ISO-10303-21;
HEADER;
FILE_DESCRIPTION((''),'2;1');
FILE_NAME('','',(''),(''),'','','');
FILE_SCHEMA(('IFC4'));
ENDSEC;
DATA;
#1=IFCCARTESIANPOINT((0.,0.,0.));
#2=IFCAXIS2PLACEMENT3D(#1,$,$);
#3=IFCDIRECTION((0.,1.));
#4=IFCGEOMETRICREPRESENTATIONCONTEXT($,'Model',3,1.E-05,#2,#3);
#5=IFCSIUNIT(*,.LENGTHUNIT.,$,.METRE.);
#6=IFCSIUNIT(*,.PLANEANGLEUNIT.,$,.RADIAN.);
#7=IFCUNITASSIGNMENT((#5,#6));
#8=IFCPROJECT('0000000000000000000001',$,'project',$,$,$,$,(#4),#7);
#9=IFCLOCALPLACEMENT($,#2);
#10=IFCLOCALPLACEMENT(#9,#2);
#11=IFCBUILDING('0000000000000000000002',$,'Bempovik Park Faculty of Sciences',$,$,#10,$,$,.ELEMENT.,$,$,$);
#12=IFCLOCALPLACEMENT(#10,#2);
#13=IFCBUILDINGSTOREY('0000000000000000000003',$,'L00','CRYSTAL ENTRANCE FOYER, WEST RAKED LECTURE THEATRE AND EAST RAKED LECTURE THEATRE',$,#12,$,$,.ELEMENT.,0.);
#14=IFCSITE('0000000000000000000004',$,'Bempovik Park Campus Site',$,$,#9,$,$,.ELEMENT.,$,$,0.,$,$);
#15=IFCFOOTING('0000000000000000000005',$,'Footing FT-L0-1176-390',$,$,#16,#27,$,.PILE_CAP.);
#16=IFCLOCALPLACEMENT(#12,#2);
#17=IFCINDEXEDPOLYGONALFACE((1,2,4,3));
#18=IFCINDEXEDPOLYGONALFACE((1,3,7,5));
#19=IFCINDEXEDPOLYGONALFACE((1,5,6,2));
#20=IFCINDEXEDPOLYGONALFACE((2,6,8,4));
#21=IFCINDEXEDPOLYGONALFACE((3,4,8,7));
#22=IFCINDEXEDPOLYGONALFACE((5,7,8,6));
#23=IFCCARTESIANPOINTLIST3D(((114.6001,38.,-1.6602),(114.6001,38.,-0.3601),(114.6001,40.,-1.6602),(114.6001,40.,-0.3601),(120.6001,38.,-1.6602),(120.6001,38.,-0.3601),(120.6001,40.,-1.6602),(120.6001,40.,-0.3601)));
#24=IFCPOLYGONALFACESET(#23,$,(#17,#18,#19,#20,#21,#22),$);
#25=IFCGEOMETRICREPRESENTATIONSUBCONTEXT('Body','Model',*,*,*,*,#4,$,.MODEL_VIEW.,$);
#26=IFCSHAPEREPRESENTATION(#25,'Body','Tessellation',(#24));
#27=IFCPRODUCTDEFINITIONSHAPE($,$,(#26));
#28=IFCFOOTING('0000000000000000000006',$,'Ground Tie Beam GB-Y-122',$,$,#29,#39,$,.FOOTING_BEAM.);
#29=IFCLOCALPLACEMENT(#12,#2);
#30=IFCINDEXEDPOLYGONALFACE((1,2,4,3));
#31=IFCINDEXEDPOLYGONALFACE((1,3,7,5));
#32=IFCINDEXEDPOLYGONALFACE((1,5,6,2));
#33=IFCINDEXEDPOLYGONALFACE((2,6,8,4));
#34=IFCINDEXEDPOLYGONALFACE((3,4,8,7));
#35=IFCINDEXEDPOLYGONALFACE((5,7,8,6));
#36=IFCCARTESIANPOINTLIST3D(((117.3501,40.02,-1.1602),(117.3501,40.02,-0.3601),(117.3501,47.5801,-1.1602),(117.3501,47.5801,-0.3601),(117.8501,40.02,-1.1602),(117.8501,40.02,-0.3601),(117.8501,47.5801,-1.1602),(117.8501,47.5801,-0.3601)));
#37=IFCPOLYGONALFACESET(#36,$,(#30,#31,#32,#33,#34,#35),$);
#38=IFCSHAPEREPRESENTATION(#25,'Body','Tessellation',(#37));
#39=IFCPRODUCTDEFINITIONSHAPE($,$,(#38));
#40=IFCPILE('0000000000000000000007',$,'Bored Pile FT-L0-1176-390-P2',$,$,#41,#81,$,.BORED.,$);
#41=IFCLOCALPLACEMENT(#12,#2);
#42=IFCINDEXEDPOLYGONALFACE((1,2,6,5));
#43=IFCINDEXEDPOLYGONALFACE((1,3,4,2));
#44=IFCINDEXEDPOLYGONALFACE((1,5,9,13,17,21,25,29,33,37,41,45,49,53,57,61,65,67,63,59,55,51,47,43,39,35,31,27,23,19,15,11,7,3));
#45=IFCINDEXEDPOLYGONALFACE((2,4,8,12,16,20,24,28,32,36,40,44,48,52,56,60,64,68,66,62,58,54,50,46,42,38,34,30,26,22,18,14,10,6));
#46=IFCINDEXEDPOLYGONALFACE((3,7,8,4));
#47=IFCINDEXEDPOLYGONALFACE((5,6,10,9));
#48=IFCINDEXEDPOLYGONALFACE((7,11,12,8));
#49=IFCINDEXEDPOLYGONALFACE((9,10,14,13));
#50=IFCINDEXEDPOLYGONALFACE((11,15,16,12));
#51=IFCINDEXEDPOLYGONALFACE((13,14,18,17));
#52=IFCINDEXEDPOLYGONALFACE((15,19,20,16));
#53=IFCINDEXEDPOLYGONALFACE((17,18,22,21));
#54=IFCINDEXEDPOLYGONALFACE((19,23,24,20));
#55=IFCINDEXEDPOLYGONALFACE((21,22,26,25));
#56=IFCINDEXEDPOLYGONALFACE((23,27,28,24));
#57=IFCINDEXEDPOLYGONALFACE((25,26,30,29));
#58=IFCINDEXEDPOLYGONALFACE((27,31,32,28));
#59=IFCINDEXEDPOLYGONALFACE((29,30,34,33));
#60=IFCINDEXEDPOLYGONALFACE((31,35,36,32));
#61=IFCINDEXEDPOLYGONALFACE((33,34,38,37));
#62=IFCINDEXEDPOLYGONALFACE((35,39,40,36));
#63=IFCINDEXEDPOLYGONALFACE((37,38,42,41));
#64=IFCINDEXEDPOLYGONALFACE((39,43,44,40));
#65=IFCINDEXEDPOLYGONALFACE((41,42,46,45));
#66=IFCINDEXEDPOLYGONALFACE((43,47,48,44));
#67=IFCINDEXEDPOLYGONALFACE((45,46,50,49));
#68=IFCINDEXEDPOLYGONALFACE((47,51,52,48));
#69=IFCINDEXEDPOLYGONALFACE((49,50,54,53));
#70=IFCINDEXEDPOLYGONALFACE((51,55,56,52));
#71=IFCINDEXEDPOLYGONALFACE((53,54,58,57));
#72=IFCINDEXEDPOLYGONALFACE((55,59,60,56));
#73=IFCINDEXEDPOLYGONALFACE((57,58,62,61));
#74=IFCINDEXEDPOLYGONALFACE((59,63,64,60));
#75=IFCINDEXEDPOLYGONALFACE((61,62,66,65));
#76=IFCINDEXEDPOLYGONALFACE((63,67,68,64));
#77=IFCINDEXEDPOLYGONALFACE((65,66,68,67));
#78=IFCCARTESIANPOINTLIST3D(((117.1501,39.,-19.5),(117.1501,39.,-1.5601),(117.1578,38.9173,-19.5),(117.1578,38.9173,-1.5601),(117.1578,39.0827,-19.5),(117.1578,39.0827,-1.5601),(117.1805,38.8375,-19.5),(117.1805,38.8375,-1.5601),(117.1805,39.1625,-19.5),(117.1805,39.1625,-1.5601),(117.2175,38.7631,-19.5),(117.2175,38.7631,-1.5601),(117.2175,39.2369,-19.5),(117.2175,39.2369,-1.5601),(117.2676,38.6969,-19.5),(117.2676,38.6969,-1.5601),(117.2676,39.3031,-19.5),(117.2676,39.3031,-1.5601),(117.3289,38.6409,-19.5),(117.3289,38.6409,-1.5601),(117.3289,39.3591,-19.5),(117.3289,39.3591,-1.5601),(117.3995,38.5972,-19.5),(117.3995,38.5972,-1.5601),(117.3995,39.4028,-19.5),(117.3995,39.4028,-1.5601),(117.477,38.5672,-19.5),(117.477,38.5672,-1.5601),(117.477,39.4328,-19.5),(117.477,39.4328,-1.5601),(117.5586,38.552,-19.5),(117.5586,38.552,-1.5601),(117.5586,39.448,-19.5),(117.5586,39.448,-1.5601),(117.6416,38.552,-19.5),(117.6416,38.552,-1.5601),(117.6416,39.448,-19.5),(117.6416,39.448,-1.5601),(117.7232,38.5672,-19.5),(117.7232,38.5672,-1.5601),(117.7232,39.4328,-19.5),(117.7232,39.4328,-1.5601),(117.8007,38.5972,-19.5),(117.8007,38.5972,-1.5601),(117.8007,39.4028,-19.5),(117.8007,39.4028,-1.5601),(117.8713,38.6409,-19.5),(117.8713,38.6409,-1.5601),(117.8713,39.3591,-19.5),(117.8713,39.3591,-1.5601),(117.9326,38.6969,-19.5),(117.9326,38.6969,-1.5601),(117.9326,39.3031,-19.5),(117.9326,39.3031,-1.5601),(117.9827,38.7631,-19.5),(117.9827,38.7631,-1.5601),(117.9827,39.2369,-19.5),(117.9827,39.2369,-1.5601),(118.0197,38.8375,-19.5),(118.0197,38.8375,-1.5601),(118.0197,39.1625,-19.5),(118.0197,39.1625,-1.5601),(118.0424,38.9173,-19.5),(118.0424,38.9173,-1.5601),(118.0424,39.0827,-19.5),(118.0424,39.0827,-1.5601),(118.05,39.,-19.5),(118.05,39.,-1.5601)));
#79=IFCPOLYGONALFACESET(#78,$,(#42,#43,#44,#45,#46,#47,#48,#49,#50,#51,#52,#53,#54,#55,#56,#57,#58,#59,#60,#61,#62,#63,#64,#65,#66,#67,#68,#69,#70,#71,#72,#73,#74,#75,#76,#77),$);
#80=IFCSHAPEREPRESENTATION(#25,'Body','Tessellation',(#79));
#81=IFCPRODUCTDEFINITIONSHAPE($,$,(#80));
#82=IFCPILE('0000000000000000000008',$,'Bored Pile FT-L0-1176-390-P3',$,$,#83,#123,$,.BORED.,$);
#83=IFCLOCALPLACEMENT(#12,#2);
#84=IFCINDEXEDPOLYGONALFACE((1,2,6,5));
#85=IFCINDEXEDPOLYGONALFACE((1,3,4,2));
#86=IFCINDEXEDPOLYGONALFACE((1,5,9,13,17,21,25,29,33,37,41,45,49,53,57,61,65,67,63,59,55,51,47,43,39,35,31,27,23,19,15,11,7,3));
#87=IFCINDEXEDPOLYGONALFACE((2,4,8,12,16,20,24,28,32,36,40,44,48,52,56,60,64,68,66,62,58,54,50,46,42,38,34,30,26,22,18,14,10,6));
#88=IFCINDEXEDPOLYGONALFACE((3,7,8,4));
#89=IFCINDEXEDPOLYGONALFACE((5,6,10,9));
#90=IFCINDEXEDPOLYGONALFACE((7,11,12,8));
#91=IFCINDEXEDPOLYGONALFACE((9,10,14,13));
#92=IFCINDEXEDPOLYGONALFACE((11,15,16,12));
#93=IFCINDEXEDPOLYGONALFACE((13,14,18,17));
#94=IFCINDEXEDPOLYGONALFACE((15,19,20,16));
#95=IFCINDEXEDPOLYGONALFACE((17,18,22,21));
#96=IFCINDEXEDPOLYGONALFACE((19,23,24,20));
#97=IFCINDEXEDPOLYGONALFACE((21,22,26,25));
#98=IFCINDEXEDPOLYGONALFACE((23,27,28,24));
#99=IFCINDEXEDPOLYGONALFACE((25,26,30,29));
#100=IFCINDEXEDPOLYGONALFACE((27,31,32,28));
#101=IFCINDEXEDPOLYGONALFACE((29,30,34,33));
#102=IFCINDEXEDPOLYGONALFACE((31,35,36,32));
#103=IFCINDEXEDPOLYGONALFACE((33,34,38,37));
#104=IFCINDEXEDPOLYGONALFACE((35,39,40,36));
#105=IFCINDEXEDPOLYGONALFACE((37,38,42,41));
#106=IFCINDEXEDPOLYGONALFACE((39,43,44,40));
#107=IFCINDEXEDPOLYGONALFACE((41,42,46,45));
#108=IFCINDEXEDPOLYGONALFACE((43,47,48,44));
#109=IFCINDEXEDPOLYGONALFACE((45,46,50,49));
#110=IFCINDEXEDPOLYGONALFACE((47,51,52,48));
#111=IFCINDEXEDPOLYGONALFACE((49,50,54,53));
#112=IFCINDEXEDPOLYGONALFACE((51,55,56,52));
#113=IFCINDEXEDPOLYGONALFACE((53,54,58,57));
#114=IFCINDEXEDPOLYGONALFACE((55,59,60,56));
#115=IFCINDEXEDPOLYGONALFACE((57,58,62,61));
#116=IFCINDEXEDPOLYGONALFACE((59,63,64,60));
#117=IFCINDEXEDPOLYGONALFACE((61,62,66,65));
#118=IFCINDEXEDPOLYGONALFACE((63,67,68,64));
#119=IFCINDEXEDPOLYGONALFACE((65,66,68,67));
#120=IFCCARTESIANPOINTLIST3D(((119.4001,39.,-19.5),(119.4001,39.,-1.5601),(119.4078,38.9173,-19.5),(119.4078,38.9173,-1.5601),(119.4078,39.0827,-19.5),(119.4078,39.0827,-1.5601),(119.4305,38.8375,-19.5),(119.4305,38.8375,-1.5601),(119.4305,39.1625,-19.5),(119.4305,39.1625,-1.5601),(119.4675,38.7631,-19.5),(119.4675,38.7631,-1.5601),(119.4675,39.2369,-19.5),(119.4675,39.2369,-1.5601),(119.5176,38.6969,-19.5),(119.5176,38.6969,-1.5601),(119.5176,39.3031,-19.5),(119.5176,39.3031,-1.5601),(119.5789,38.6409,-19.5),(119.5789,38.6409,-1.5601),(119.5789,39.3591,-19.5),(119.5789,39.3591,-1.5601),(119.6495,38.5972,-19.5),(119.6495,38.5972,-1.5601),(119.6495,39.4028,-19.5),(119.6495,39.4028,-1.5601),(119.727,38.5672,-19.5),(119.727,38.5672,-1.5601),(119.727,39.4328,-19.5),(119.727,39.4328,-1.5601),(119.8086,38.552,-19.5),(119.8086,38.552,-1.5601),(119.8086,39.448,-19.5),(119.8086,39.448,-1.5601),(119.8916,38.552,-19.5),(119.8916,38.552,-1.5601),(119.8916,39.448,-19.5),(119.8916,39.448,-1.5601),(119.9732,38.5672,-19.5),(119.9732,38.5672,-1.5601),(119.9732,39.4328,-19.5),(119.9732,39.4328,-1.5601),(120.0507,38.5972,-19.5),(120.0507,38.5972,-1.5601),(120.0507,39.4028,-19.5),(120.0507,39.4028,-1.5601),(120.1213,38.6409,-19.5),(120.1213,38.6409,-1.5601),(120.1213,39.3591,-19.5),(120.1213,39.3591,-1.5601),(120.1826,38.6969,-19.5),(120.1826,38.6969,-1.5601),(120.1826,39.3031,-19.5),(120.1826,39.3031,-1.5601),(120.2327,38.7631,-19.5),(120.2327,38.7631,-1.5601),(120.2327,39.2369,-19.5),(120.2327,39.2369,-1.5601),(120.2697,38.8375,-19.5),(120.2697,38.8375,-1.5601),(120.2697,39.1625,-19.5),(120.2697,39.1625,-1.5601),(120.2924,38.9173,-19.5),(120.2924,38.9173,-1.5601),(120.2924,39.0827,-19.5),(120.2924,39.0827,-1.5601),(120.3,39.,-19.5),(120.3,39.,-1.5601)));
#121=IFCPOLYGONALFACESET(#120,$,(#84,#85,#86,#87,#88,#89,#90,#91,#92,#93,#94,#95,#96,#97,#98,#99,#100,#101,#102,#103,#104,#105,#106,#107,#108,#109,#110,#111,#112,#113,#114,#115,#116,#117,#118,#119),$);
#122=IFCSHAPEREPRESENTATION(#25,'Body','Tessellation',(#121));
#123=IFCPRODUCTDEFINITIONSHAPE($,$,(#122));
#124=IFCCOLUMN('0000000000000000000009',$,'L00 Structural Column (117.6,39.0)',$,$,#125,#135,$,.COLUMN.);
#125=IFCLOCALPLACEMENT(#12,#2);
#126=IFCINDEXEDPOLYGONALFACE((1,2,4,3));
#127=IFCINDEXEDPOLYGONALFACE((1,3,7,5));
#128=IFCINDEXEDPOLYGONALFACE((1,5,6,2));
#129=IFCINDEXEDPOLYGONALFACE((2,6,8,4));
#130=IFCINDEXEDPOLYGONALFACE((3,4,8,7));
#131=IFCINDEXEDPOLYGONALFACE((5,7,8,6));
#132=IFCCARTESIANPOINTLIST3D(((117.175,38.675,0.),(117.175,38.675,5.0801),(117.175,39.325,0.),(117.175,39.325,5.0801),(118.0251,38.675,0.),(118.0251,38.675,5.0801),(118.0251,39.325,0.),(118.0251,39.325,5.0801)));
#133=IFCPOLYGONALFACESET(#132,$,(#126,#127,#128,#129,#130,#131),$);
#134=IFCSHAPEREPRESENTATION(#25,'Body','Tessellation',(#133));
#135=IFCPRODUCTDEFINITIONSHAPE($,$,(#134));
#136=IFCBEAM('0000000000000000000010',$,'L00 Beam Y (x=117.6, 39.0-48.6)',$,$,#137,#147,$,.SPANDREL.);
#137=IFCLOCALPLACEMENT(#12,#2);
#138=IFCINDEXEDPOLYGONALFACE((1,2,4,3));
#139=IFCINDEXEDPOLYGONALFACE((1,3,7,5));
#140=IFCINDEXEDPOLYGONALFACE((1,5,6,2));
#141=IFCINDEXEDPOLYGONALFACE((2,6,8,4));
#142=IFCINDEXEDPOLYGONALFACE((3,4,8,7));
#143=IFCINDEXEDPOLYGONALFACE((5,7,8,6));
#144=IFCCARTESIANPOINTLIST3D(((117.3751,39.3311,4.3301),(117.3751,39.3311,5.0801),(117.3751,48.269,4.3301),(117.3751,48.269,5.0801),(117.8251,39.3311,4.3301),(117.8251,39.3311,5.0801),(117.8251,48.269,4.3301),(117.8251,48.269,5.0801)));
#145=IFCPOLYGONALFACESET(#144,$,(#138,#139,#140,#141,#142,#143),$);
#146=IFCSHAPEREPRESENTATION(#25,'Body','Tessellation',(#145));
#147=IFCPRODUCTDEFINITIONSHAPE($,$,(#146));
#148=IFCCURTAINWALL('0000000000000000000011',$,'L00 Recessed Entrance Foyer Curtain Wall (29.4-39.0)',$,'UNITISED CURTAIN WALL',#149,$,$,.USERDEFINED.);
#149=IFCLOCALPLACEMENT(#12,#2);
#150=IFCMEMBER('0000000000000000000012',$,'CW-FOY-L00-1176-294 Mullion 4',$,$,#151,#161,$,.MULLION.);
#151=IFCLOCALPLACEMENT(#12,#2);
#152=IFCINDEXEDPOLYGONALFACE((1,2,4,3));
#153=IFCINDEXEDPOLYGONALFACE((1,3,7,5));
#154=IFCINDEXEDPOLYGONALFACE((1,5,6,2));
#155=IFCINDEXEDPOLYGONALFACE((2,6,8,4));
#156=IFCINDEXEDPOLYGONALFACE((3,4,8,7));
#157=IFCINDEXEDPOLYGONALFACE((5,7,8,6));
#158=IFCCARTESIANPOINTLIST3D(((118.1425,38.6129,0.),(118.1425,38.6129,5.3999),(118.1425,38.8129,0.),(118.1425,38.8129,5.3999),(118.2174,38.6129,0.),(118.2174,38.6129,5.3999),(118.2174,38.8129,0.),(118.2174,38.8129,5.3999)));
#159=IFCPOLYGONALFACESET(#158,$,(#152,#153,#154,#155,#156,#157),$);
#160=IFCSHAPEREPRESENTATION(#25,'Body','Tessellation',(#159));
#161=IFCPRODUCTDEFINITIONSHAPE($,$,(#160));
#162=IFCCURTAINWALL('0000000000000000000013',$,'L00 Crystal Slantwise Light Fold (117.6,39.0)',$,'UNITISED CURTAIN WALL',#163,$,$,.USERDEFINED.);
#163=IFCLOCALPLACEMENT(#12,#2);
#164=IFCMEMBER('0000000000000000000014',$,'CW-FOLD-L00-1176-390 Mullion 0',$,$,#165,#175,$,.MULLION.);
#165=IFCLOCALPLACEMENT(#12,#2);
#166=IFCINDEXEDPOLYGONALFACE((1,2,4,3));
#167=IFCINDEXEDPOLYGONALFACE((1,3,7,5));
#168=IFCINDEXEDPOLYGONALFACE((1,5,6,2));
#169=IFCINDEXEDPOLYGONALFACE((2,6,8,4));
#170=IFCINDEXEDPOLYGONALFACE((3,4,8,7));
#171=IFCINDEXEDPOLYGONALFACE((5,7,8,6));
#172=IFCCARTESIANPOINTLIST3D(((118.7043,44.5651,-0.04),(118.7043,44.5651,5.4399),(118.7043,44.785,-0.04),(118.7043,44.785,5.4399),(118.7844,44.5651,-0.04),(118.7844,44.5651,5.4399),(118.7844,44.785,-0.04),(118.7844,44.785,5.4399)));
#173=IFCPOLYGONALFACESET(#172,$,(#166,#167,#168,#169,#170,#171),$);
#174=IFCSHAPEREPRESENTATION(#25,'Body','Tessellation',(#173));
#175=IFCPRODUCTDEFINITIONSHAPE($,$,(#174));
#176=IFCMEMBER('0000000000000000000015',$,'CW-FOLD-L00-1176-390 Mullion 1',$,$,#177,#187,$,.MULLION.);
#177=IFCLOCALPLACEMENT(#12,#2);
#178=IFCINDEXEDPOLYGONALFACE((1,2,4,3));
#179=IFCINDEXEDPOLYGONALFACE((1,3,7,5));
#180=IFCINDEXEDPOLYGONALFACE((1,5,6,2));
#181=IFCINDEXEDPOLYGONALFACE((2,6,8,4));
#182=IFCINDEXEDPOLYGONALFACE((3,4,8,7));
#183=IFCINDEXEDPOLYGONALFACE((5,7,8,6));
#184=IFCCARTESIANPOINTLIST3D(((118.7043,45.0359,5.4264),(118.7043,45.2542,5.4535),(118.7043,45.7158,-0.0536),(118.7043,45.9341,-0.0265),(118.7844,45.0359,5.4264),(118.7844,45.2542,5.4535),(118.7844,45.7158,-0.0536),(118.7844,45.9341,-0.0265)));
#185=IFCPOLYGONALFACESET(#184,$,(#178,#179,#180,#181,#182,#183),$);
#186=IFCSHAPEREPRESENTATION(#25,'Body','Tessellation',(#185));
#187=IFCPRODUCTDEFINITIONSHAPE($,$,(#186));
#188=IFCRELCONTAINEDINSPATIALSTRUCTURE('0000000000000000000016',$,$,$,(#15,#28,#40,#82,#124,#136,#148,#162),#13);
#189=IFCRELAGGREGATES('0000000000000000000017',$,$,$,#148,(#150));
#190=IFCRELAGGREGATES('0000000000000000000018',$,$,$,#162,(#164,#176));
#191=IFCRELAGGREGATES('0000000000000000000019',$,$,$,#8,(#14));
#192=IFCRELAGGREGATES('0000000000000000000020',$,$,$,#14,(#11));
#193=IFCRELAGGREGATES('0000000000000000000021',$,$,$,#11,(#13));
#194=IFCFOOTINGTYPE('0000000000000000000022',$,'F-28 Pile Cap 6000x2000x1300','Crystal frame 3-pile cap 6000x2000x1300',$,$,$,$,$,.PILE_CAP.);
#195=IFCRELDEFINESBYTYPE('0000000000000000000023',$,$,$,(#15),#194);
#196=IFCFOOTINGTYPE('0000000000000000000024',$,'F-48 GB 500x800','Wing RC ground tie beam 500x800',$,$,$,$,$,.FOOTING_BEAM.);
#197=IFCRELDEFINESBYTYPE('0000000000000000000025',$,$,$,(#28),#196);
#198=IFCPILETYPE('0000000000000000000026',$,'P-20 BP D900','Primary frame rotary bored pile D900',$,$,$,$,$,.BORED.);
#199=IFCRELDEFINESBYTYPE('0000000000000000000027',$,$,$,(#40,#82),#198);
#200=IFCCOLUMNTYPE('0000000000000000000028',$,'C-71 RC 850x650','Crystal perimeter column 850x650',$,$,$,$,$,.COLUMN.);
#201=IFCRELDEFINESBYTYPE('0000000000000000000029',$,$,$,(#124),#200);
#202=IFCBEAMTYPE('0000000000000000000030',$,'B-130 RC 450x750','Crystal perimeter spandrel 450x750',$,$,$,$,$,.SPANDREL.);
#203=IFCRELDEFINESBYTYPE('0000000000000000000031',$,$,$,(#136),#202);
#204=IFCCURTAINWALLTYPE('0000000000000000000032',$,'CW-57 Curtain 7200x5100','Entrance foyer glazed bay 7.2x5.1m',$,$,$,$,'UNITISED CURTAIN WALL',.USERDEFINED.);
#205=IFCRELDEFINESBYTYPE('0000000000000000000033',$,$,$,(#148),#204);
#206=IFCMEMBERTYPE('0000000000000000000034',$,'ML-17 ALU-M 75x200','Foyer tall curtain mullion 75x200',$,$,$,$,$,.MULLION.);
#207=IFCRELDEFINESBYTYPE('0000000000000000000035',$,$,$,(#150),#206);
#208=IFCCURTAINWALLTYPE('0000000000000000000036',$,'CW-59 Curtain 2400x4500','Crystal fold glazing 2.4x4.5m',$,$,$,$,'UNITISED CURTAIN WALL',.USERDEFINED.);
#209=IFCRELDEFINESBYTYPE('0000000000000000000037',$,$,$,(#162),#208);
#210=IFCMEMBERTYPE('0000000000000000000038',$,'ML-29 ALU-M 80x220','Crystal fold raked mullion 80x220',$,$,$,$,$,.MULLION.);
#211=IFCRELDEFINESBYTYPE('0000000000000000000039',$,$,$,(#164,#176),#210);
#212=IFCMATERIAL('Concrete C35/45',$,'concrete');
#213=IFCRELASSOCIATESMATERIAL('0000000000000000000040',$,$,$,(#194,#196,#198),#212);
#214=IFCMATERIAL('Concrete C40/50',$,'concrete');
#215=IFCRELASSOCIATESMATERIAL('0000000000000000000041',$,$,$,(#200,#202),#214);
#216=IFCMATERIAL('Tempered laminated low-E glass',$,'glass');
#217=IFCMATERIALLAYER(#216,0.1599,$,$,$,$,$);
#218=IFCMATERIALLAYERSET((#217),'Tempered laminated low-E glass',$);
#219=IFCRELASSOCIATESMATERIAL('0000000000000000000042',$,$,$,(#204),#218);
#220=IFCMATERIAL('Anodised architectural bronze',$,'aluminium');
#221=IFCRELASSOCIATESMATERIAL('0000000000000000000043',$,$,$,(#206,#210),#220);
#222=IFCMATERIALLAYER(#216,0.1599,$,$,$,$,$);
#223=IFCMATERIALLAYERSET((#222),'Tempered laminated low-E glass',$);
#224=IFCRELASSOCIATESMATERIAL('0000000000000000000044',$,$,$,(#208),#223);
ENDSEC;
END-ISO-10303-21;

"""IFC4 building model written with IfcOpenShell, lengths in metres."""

from ifc_helpers import new_model, si_unit, direction, frame, origin, origin_2d, place, context, subcontext, project, spatial, rectangle, circle, extrude, material, layer, layer_set, material_profile, profile_set, type_object, element, aggregate, save


model = new_model("IFC4")

# Units and contexts
model_context = context("Model", 3, precision=1e-05, world=origin(), true_north=direction((0.0, 1.0)))
body_context = subcontext(model_context, "Body", "Model", "MODEL_VIEW")
ifc_project = project(units=[si_unit("LENGTHUNIT", "METRE"), si_unit("PLANEANGLEUNIT", "RADIAN")], contexts=[model_context])

# Site, building, storey
site_placement = place(None, origin())
site = spatial("IfcSite", under=ifc_project, at=site_placement, Name="Bempovik Park Campus Site", CompositionType="ELEMENT", RefElevation=0.0)
building_placement = place(site_placement, origin())
building = spatial("IfcBuilding", under=site, at=building_placement, Name="Bempovik Park Faculty of Sciences", CompositionType="ELEMENT")
storey_placement = place(building_placement, origin())
storey = spatial("IfcBuildingStorey", under=building, at=storey_placement, Name="L00", Description="CRYSTAL ENTRANCE FOYER, WEST RAKED LECTURE THEATRE AND EAST RAKED LECTURE THEATRE", CompositionType="ELEMENT", Elevation=0.0)

# Footings
ifc_material_1 = material(Name="Concrete C35/45", Category="concrete")
footing_type_1 = type_object("IfcFootingType", Name="F-28 Pile Cap 6000x2000x1300", Description="Crystal frame 3-pile cap 6000x2000x1300", PredefinedType="PILE_CAP", material=ifc_material_1)
footing_1_placement = place(storey_placement, frame((117.6001, 39.0, -1.6602), z_axis=(0.0, 0.0, 1.0), x_axis=(1.0, 0.0, 0.0)))
element("IfcFooting", 1, at=footing_1_placement, inside=storey, type_object=footing_type_1, Name="Footing FT-L0-1176-390", PredefinedType="PILE_CAP", context=body_context, shape_type="SweptSolid", body=[
    extrude(rectangle(XDim=6.0, YDim=2.0, at=origin_2d()), origin(), (0.0, 0.0, 1.0), 1.3),
])
footing_type_2 = type_object("IfcFootingType", Name="F-48 GB 500x800", Description="Wing RC ground tie beam 500x800", PredefinedType="FOOTING_BEAM", material=ifc_material_1)
footing_2_placement = place(storey_placement, frame((117.6001, 43.8, -1.1602), z_axis=(0.0, 0.0, 1.0), x_axis=(1.0, 0.0, 0.0)))
element("IfcFooting", 2, at=footing_2_placement, inside=storey, type_object=footing_type_2, Name="Ground Tie Beam GB-Y-122", PredefinedType="FOOTING_BEAM", context=body_context, shape_type="SweptSolid", body=[
    extrude(rectangle(XDim=0.5, YDim=7.5601, at=origin_2d()), origin(), (0.0, 0.0, 1.0), 0.8),
])

# Piles
ifc_material_profile_1 = material_profile(ifc_material_1, circle(Radius=0.45, at=origin_2d()), Name="BP D900")
ifc_profile_set_1 = profile_set([ifc_material_profile_1], Name="Concrete C35/45")
pile_type = type_object("IfcPileType", Name="P-20 BP D900", Description="Primary frame rotary bored pile D900", PredefinedType="BORED", material=ifc_profile_set_1)
for number, where, z_axis, x_axis, name in (
    (3, (117.6001, 39.0, -1.5601), (0.0, 0.0, -1.0), (1.0, 0.0, 0.0), "Bored Pile FT-L0-1176-390-P2"),
    (4, (119.8501, 39.0, -1.5601), (0.0, 0.0, -1.0), (1.0, 0.0, 0.0), "Bored Pile FT-L0-1176-390-P3"),
):
    element("IfcPile", number, at=place(storey_placement, frame(where, z_axis=z_axis, x_axis=x_axis)), inside=storey, type_object=pile_type, Name=name, PredefinedType="BORED", context=body_context, shape_type="SweptSolid", body=[
        extrude(circle(Radius=0.45, at=origin_2d()), origin(), (0.0, 0.0, 1.0), 17.9399),
    ])

# Column
ifc_material_2 = material(Name="Concrete C40/50", Category="concrete")
ifc_material_profile_2 = material_profile(ifc_material_2, rectangle(XDim=0.8501, YDim=0.6499, at=origin_2d()), Name="RC 850x650")
ifc_profile_set_2 = profile_set([ifc_material_profile_2], Name="Concrete C40/50")
column_type = type_object("IfcColumnType", Name="C-71 RC 850x650", Description="Crystal perimeter column 850x650", PredefinedType="COLUMN", material=ifc_profile_set_2)
column_placement = place(storey_placement, frame((117.6001, 39.0, 0.0), z_axis=(0.0, 0.0, 1.0), x_axis=(1.0, 0.0, 0.0)))
element("IfcColumn", 5, at=column_placement, inside=storey, type_object=column_type, Name="L00 Structural Column (117.6,39.0)", PredefinedType="COLUMN", context=body_context, shape_type="SweptSolid", body=[
    extrude(rectangle(XDim=0.8501, YDim=0.6499, at=origin_2d()), origin(), (0.0, 0.0, 1.0), 5.0801),
])

# Beam
ifc_material_profile_3 = material_profile(ifc_material_2, rectangle(XDim=0.45, YDim=0.75, at=origin_2d()), Name="RC 450x750")
ifc_profile_set_3 = profile_set([ifc_material_profile_3], Name="Concrete C40/50")
beam_type = type_object("IfcBeamType", Name="B-130 RC 450x750", Description="Crystal perimeter spandrel 450x750", PredefinedType="SPANDREL", material=ifc_profile_set_3)
beam_placement = place(storey_placement, frame((117.6001, 39.3311, 4.7051), z_axis=(0.0, 1.0, 0.0), x_axis=(-1.0, 0.0, 0.0)))
element("IfcBeam", 6, at=beam_placement, inside=storey, type_object=beam_type, Name="L00 Beam Y (x=117.6, 39.0-48.6)", PredefinedType="SPANDREL", context=body_context, shape_type="SweptSolid", body=[
    extrude(rectangle(XDim=0.45, YDim=0.75, at=origin_2d()), origin(), (0.0, 0.0, 1.0), 8.938),
])

# Curtain wall, member
ifc_material_3 = material(Name="Tempered laminated low-E glass", Category="glass")
ifc_layer_1 = layer(ifc_material_3, 0.1599)
ifc_layer_set_1 = layer_set([ifc_layer_1], Name="Tempered laminated low-E glass")
curtain_wall_type_1 = type_object("IfcCurtainWallType", Name="CW-57 Curtain 7200x5100", Description="Entrance foyer glazed bay 7.2x5.1m", ElementType="UNITISED CURTAIN WALL", PredefinedType="USERDEFINED", material=ifc_layer_set_1)
curtain_wall_1_placement = place(storey_placement, origin())
curtain_wall_1 = element("IfcCurtainWall", 7, at=curtain_wall_1_placement, inside=storey, type_object=curtain_wall_type_1, Name="L00 Recessed Entrance Foyer Curtain Wall (29.4-39.0)", ObjectType="UNITISED CURTAIN WALL", PredefinedType="USERDEFINED")
ifc_material_4 = material(Name="Anodised architectural bronze", Category="aluminium")
ifc_material_profile_4 = material_profile(ifc_material_4, rectangle(XDim=0.075, YDim=0.2, at=origin_2d()), Name="ALU-M 75x200")
ifc_profile_set_4 = profile_set([ifc_material_profile_4], Name="Anodised architectural bronze")
member_type_1 = type_object("IfcMemberType", Name="ML-17 ALU-M 75x200", Description="Foyer tall curtain mullion 75x200", PredefinedType="MULLION", material=ifc_profile_set_4)
member_1_placement = place(storey_placement, frame((118.1799, 38.7129, 0.0), z_axis=(0.0, 0.0, 1.0), x_axis=(1.0, 0.0, 0.0)))
member_1 = element("IfcMember", 8, at=member_1_placement, type_object=member_type_1, Name="CW-FOY-L00-1176-294 Mullion 4", PredefinedType="MULLION", context=body_context, shape_type="SweptSolid", body=[
    extrude(rectangle(XDim=0.075, YDim=0.2, at=origin_2d()), origin(), (0.0, 0.0, 1.0), 5.3999),
])
aggregate(curtain_wall_1, [member_1])

# Curtain wall, members
ifc_layer_2 = layer(ifc_material_3, 0.1599)
ifc_layer_set_2 = layer_set([ifc_layer_2], Name="Tempered laminated low-E glass")
curtain_wall_type_2 = type_object("IfcCurtainWallType", Name="CW-59 Curtain 2400x4500", Description="Crystal fold glazing 2.4x4.5m", ElementType="UNITISED CURTAIN WALL", PredefinedType="USERDEFINED", material=ifc_layer_set_2)
curtain_wall_2_placement = place(storey_placement, origin())
curtain_wall_2 = element("IfcCurtainWall", 9, at=curtain_wall_2_placement, inside=storey, type_object=curtain_wall_type_2, Name="L00 Crystal Slantwise Light Fold (117.6,39.0)", ObjectType="UNITISED CURTAIN WALL", PredefinedType="USERDEFINED")
ifc_material_profile_5 = material_profile(ifc_material_4, rectangle(XDim=0.0801, YDim=0.22, at=origin_2d()), Name="ALU-M 80x220")
ifc_profile_set_5 = profile_set([ifc_material_profile_5], Name="Anodised architectural bronze")
member_type_2 = type_object("IfcMemberType", Name="ML-29 ALU-M 80x220", Description="Crystal fold raked mullion 80x220", PredefinedType="MULLION", material=ifc_profile_set_5)
member_2_placement = place(storey_placement, frame((118.7444, 44.675, -0.04), z_axis=(0.0, 0.0, 1.0), x_axis=(1.0, 0.0, 0.0)))
member_2 = element("IfcMember", 10, at=member_2_placement, type_object=member_type_2, Name="CW-FOLD-L00-1176-390 Mullion 0", PredefinedType="MULLION", context=body_context, shape_type="SweptSolid", body=[
    extrude(rectangle(XDim=0.0801, YDim=0.22, at=origin_2d()), origin(), (0.0, 0.0, 1.0), 5.48),
])
member_3_placement = place(storey_placement, frame((118.7444, 45.825, -0.04), z_axis=(0.0, -0.123131, 0.99239), x_axis=(1.0, 0.0, 0.0)))
member_3 = element("IfcMember", 11, at=member_3_placement, type_object=member_type_2, Name="CW-FOLD-L00-1176-390 Mullion 1", PredefinedType="MULLION", context=body_context, shape_type="SweptSolid", body=[
    extrude(rectangle(XDim=0.0801, YDim=0.22, at=origin_2d()), origin(), (0.0, 0.0, 1.0), 5.522),
])
aggregate(curtain_wall_2, [member_2, member_3])

save(model, "model.ifc")
